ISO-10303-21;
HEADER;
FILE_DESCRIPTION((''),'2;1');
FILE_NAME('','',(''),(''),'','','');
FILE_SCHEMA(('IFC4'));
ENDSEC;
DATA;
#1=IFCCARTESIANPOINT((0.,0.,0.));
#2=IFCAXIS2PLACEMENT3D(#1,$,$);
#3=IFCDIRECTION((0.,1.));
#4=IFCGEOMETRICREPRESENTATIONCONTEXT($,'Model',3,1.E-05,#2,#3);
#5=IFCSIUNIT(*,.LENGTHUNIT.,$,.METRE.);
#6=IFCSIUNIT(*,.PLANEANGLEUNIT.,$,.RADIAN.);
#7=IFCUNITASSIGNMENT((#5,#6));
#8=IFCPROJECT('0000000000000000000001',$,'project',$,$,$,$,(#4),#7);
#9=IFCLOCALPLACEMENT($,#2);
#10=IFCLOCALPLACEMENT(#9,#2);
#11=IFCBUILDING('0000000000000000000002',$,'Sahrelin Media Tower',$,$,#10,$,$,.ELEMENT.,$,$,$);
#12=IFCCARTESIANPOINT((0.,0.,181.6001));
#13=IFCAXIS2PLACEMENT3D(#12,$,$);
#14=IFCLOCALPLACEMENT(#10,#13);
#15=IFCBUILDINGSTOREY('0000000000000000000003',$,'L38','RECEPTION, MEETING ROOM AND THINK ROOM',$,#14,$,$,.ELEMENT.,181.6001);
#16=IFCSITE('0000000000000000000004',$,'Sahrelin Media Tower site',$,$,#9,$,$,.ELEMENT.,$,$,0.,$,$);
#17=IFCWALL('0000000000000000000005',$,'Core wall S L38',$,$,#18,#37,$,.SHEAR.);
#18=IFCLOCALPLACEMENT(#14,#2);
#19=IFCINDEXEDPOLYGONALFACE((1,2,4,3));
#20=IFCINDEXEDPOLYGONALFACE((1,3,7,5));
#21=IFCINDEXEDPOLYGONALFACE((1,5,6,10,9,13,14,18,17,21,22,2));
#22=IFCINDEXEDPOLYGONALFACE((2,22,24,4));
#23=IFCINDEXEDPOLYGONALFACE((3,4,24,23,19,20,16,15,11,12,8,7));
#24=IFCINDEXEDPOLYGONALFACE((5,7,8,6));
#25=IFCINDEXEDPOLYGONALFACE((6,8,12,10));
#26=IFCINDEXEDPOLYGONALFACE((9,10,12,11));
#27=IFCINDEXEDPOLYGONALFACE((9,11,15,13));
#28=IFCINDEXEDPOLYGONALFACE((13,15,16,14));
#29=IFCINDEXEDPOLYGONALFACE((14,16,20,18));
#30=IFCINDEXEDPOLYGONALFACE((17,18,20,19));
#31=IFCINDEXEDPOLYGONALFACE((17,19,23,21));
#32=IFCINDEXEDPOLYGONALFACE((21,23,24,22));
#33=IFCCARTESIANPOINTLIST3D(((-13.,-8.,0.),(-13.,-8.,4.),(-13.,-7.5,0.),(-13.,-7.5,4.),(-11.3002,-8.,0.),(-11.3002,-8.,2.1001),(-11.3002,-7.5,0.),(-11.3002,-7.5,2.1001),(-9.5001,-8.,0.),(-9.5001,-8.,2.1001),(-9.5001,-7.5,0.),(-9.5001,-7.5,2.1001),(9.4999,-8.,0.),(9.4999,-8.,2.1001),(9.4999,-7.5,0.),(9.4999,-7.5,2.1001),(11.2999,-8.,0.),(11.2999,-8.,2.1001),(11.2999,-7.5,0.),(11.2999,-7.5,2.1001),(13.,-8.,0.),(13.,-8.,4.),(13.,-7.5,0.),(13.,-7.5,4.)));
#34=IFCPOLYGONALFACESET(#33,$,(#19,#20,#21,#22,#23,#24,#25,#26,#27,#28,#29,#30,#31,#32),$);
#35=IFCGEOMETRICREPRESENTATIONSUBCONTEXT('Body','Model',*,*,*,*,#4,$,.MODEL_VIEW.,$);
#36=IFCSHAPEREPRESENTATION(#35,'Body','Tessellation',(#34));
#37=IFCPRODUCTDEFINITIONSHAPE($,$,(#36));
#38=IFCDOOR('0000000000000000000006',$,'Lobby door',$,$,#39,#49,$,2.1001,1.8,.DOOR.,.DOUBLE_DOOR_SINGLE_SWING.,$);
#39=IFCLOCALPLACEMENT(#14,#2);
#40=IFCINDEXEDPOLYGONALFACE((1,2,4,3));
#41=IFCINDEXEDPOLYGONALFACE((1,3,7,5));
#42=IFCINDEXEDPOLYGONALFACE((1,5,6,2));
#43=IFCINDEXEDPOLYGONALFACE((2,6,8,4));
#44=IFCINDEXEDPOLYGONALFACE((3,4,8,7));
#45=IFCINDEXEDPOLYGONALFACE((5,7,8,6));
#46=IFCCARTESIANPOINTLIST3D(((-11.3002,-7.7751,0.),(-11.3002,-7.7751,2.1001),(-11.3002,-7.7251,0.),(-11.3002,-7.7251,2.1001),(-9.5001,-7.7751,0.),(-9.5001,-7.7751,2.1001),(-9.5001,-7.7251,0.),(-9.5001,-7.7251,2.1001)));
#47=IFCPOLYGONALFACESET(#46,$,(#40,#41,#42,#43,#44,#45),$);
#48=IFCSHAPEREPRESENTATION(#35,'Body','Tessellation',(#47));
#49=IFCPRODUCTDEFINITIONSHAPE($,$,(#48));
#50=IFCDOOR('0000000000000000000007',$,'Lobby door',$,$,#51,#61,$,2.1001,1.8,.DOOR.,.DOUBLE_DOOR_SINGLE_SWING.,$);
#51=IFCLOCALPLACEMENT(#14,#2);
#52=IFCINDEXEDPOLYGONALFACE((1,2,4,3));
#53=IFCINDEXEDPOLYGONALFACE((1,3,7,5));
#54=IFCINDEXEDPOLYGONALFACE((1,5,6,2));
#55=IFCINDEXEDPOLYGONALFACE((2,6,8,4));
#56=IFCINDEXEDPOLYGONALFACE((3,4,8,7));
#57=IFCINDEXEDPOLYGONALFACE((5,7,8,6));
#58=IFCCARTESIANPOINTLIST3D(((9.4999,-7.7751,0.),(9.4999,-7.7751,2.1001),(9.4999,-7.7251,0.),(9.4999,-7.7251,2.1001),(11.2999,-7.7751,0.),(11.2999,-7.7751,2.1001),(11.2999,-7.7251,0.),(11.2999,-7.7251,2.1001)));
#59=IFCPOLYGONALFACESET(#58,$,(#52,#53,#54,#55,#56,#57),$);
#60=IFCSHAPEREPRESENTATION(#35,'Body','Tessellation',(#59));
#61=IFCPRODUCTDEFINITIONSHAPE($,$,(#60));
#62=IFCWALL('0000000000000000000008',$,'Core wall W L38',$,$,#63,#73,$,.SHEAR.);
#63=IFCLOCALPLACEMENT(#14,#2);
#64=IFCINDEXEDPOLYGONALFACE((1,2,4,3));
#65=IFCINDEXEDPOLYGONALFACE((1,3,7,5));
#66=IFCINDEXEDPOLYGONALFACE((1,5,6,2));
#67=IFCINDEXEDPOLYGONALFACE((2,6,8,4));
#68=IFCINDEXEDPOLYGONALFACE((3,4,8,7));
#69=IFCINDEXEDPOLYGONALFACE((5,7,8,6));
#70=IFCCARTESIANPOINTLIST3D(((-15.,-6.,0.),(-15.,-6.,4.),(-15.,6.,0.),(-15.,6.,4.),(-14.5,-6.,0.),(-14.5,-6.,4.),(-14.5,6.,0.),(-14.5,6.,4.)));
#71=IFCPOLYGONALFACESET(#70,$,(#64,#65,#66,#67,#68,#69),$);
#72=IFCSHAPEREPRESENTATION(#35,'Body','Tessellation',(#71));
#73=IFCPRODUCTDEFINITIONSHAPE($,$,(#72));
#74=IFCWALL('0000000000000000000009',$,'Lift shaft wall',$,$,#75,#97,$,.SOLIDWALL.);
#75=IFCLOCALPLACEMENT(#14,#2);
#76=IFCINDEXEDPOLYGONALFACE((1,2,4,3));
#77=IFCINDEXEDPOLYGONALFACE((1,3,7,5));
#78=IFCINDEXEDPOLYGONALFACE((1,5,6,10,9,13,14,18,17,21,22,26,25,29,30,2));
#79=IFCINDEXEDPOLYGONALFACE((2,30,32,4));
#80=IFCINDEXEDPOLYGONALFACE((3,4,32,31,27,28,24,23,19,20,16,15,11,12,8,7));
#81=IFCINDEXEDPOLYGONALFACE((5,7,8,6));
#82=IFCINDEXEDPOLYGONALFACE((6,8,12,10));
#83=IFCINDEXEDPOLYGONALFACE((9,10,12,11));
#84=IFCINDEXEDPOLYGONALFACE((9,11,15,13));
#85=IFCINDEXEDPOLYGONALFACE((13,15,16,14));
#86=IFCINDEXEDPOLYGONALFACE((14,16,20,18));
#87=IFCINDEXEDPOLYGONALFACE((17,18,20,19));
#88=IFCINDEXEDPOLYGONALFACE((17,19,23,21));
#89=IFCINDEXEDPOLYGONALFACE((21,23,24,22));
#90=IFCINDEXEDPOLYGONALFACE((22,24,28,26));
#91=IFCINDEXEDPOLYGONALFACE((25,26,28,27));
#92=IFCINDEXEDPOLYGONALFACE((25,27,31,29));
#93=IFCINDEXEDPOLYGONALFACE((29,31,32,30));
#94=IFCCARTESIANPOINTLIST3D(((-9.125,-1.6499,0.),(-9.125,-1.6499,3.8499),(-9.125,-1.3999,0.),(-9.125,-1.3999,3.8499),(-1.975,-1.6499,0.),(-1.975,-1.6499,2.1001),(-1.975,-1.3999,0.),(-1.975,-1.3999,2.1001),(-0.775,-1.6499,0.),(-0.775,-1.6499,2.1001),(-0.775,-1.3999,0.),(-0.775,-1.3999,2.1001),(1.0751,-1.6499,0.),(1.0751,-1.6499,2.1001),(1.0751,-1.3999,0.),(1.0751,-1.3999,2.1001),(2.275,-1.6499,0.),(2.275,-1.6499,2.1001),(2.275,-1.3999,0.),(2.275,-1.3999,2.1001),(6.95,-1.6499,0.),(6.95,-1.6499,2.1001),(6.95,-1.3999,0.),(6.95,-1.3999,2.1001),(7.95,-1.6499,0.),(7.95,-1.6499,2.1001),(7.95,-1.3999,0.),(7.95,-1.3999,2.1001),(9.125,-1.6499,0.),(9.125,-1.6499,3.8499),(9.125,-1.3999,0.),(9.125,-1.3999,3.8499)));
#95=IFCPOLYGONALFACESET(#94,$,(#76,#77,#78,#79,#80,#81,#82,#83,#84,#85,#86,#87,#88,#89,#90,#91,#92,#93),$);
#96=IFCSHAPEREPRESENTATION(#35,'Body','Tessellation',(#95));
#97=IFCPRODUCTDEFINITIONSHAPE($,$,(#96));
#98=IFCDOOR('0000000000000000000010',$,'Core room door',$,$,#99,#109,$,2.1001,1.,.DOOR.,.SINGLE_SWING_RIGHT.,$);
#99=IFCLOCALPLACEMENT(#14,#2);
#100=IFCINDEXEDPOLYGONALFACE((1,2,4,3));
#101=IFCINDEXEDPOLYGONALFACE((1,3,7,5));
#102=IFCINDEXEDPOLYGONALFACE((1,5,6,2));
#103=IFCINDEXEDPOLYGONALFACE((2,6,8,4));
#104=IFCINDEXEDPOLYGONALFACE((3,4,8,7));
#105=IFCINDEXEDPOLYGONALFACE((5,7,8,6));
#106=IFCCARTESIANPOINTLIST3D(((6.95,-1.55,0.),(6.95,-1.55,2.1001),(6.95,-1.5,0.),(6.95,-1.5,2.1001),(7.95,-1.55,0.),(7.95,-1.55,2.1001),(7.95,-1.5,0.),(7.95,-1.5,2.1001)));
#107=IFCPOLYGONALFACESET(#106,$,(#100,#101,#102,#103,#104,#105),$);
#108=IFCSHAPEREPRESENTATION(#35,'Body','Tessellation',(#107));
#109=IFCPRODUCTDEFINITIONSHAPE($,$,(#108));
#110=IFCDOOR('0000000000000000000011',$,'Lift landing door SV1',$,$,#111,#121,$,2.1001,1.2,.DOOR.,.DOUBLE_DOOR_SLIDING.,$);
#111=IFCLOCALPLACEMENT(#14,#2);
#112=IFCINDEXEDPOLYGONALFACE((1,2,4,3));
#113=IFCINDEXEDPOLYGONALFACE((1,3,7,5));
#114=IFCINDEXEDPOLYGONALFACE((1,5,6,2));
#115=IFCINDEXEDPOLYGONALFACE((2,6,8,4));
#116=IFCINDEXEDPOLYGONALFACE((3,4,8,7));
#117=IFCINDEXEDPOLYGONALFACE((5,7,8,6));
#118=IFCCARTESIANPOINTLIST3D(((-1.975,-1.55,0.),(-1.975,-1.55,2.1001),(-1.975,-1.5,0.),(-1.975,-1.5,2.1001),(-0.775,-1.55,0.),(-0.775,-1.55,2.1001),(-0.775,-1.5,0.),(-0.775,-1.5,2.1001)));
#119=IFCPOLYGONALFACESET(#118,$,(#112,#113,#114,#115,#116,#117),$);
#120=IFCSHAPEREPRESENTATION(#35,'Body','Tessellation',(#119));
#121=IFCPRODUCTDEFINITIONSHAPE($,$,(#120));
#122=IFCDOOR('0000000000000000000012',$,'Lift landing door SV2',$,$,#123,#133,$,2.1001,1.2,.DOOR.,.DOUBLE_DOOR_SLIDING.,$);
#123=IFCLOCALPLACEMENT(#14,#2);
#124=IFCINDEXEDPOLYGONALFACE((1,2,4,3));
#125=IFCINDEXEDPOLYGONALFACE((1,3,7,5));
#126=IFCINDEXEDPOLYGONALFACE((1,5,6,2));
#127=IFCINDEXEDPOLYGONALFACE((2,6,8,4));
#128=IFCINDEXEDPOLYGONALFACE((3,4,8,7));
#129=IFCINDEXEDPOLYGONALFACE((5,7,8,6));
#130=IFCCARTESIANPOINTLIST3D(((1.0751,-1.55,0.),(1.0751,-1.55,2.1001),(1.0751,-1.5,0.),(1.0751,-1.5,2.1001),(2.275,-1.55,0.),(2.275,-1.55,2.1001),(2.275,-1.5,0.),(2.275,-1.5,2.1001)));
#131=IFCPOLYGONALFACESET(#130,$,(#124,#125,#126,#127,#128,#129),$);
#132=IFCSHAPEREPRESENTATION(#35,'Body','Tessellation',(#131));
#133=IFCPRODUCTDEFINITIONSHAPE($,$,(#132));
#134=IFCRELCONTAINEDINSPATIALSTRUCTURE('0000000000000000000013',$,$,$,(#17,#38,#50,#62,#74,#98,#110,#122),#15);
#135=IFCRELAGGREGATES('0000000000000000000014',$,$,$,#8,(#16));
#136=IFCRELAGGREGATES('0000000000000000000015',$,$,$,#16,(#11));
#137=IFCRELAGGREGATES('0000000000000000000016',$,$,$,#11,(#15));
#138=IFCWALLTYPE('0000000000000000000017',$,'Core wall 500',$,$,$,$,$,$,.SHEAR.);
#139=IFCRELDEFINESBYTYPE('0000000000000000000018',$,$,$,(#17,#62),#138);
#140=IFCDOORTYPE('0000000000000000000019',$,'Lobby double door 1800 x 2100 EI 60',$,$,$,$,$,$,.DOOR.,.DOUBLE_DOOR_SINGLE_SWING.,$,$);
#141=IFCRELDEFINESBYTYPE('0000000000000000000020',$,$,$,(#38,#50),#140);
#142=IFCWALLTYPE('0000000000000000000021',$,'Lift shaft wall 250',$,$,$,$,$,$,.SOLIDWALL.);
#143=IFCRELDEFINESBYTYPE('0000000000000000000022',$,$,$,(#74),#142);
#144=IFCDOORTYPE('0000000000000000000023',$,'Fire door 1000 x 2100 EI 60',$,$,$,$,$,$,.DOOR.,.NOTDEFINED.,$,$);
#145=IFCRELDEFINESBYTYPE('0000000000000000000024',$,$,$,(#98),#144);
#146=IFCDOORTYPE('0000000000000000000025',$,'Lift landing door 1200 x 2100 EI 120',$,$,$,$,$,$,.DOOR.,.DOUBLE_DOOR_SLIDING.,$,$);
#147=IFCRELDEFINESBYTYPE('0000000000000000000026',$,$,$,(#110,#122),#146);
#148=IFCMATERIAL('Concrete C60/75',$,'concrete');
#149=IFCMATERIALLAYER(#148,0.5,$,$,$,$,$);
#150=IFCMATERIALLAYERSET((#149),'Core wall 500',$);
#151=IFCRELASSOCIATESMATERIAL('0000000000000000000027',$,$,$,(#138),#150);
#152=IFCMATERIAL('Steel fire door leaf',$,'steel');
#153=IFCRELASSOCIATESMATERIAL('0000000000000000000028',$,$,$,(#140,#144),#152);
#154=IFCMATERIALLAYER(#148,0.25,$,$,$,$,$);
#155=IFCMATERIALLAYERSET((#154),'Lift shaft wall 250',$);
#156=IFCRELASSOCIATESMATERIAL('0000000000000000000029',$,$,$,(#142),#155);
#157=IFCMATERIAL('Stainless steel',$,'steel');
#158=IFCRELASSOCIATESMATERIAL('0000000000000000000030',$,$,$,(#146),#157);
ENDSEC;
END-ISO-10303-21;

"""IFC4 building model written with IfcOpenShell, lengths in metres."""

from ifc_helpers import new_model, si_unit, direction, frame, frame_2d, origin, place, context, subcontext, project, spatial, rectangle, extrude, material, layer, layer_set, type_object, element, fill, save


model = new_model("IFC4")

# Units and contexts
model_context = context("Model", 3, precision=1e-05, world=origin(), true_north=direction((0.0, 1.0)))
body_context = subcontext(model_context, "Body", "Model", "MODEL_VIEW")
ifc_project = project(units=[si_unit("LENGTHUNIT", "METRE"), si_unit("PLANEANGLEUNIT", "RADIAN")], contexts=[model_context])

# Site, building, storey
site_placement = place(None, origin())
site = spatial("IfcSite", under=ifc_project, at=site_placement, Name="Sahrelin Media Tower site", CompositionType="ELEMENT", RefElevation=0.0)
building_placement = place(site_placement, origin())
building = spatial("IfcBuilding", under=site, at=building_placement, Name="Sahrelin Media Tower", CompositionType="ELEMENT")
storey_placement = place(building_placement, frame((0.0, 0.0, 181.6001)))
storey = spatial("IfcBuildingStorey", under=building, at=storey_placement, Name="L38", Description="RECEPTION, MEETING ROOM AND THINK ROOM", CompositionType="ELEMENT", Elevation=181.6001)

# Wall, openings, doors
ifc_material_1 = material(Name="Concrete C60/75", Category="concrete")
ifc_layer_1 = layer(ifc_material_1, 0.5)
ifc_layer_set_1 = layer_set([ifc_layer_1], Name="Core wall 500")
wall_type_1 = type_object("IfcWallType", Name="Core wall 500", PredefinedType="SHEAR", material=ifc_layer_set_1)
wall_1_placement = place(storey_placement, frame((-13.0, -7.75, 0.0), z_axis=(0.0, 0.0, 1.0), x_axis=(1.0, 0.0, 0.0)))
wall_1 = element("IfcWall", 1, at=wall_1_placement, inside=storey, type_object=wall_type_1, Name="Core wall S L38", PredefinedType="SHEAR", context=body_context, shape_type="SweptSolid", body=[
    extrude(rectangle(XDim=26.0, YDim=0.5, at=frame_2d((13.0, 0.0))), origin(), (0.0, 0.0, 1.0), 4.0),
])
opening_1_placement = place(wall_1_placement, frame((1.7, 0.0, 0.0)))
opening_1 = element("IfcOpeningElement", 2, at=opening_1_placement, cuts=wall_1, PredefinedType="OPENING", context=body_context, shape_type="SweptSolid", body=[
    extrude(rectangle(XDim=1.8, YDim=2.1001, at=frame_2d((0.8999, 1.05))), frame((0.0, 0.25, 0.0), z_axis=(0.0, -1.0, 0.0), x_axis=(1.0, 0.0, 0.0)), (0.0, 0.0, 1.0), 0.5),
])
opening_2_placement = place(wall_1_placement, frame((22.5, 0.0, 0.0)))
opening_2 = element("IfcOpeningElement", 3, at=opening_2_placement, cuts=wall_1, PredefinedType="OPENING", context=body_context, shape_type="SweptSolid", body=[
    extrude(rectangle(XDim=1.8, YDim=2.1001, at=frame_2d((0.8999, 1.05))), frame((0.0, 0.25, 0.0), z_axis=(0.0, -1.0, 0.0), x_axis=(1.0, 0.0, 0.0)), (0.0, 0.0, 1.0), 0.5),
])
ifc_material_2 = material(Name="Steel fire door leaf", Category="steel")
door_type_1 = type_object("IfcDoorType", Name="Lobby double door 1800 x 2100 EI 60", OperationType="DOUBLE_DOOR_SINGLE_SWING", PredefinedType="DOOR", material=ifc_material_2)
door_1_placement = place(opening_1_placement, origin())
door_1 = element("IfcDoor", 4, at=door_1_placement, inside=storey, type_object=door_type_1, Name="Lobby door", OperationType="DOUBLE_DOOR_SINGLE_SWING", OverallHeight=2.1001, OverallWidth=1.8, PredefinedType="DOOR", context=body_context, shape_type="SweptSolid", body=[
    extrude(rectangle(XDim=1.8, YDim=2.1001, at=frame_2d((0.8999, 1.05))), frame((0.0, 0.0249, 0.0), z_axis=(0.0, -1.0, 0.0), x_axis=(1.0, 0.0, 0.0)), (0.0, 0.0, 1.0), 0.05),
])
fill(opening_1, door_1)
door_2_placement = place(opening_2_placement, origin())
door_2 = element("IfcDoor", 5, at=door_2_placement, inside=storey, type_object=door_type_1, Name="Lobby door", OperationType="DOUBLE_DOOR_SINGLE_SWING", OverallHeight=2.1001, OverallWidth=1.8, PredefinedType="DOOR", context=body_context, shape_type="SweptSolid", body=[
    extrude(rectangle(XDim=1.8, YDim=2.1001, at=frame_2d((0.8999, 1.05))), frame((0.0, 0.0249, 0.0), z_axis=(0.0, -1.0, 0.0), x_axis=(1.0, 0.0, 0.0)), (0.0, 0.0, 1.0), 0.05),
])
fill(opening_2, door_2)

# Wall
wall_2_placement = place(storey_placement, frame((-14.75, -6.0, 0.0), z_axis=(0.0, 0.0, 1.0), x_axis=(0.0, 1.0, 0.0)))
element("IfcWall", 6, at=wall_2_placement, inside=storey, type_object=wall_type_1, Name="Core wall W L38", PredefinedType="SHEAR", context=body_context, shape_type="SweptSolid", body=[
    extrude(rectangle(XDim=12.0, YDim=0.5, at=frame_2d((6.0, 0.0))), origin(), (0.0, 0.0, 1.0), 4.0),
])

# Wall, openings, doors
ifc_layer_2 = layer(ifc_material_1, 0.25)
ifc_layer_set_2 = layer_set([ifc_layer_2], Name="Lift shaft wall 250")
wall_type_2 = type_object("IfcWallType", Name="Lift shaft wall 250", PredefinedType="SOLIDWALL", material=ifc_layer_set_2)
wall_3_placement = place(storey_placement, frame((-9.125, -1.5249, 0.0), z_axis=(0.0, 0.0, 1.0), x_axis=(1.0, 0.0, 0.0)))
wall_3 = element("IfcWall", 7, at=wall_3_placement, inside=storey, type_object=wall_type_2, Name="Lift shaft wall", PredefinedType="SOLIDWALL", context=body_context, shape_type="SweptSolid", body=[
    extrude(rectangle(XDim=18.25, YDim=0.25, at=frame_2d((9.125, 0.0))), origin(), (0.0, 0.0, 1.0), 3.8499),
])
opening_3_placement = place(wall_3_placement, frame((7.1499, 0.0, 0.0)))
opening_3 = element("IfcOpeningElement", 8, at=opening_3_placement, cuts=wall_3, PredefinedType="OPENING", context=body_context, shape_type="SweptSolid", body=[
    extrude(rectangle(XDim=1.2, YDim=2.1001, at=frame_2d((0.6001, 1.05))), frame((0.0, 0.125, 0.0), z_axis=(0.0, -1.0, 0.0), x_axis=(1.0, 0.0, 0.0)), (0.0, 0.0, 1.0), 0.25),
])
opening_4_placement = place(wall_3_placement, frame((10.2, 0.0, 0.0)))
opening_4 = element("IfcOpeningElement", 9, at=opening_4_placement, cuts=wall_3, PredefinedType="OPENING", context=body_context, shape_type="SweptSolid", body=[
    extrude(rectangle(XDim=1.2, YDim=2.1001, at=frame_2d((0.6001, 1.05))), frame((0.0, 0.125, 0.0), z_axis=(0.0, -1.0, 0.0), x_axis=(1.0, 0.0, 0.0)), (0.0, 0.0, 1.0), 0.25),
])
opening_5_placement = place(wall_3_placement, frame((16.075, 0.0, 0.0)))
opening_5 = element("IfcOpeningElement", 10, at=opening_5_placement, cuts=wall_3, PredefinedType="OPENING", context=body_context, shape_type="SweptSolid", body=[
    extrude(rectangle(XDim=1.0, YDim=2.1001, at=frame_2d((0.5, 1.05))), frame((0.0, 0.125, 0.0), z_axis=(0.0, -1.0, 0.0), x_axis=(1.0, 0.0, 0.0)), (0.0, 0.0, 1.0), 0.25),
])
door_type_2 = type_object("IfcDoorType", Name="Fire door 1000 x 2100 EI 60", OperationType="NOTDEFINED", PredefinedType="DOOR", material=ifc_material_2)
door_3_placement = place(opening_5_placement, origin())
door_3 = element("IfcDoor", 11, at=door_3_placement, inside=storey, type_object=door_type_2, Name="Core room door", OperationType="SINGLE_SWING_RIGHT", OverallHeight=2.1001, OverallWidth=1.0, PredefinedType="DOOR", context=body_context, shape_type="SweptSolid", body=[
    extrude(rectangle(XDim=1.0, YDim=2.1001, at=frame_2d((0.5, 1.05))), frame((0.0, 0.0249, 0.0), z_axis=(0.0, -1.0, 0.0), x_axis=(1.0, 0.0, 0.0)), (0.0, 0.0, 1.0), 0.05),
])
fill(opening_5, door_3)
ifc_material_3 = material(Name="Stainless steel", Category="steel")
door_type_3 = type_object("IfcDoorType", Name="Lift landing door 1200 x 2100 EI 120", OperationType="DOUBLE_DOOR_SLIDING", PredefinedType="DOOR", material=ifc_material_3)
door_4_placement = place(opening_3_placement, origin())
door_4 = element("IfcDoor", 12, at=door_4_placement, inside=storey, type_object=door_type_3, Name="Lift landing door SV1", OperationType="DOUBLE_DOOR_SLIDING", OverallHeight=2.1001, OverallWidth=1.2, PredefinedType="DOOR", context=body_context, shape_type="SweptSolid", body=[
    extrude(rectangle(XDim=1.2, YDim=2.1001, at=frame_2d((0.6001, 1.05))), frame((0.0, 0.0249, 0.0), z_axis=(0.0, -1.0, 0.0), x_axis=(1.0, 0.0, 0.0)), (0.0, 0.0, 1.0), 0.05),
])
fill(opening_3, door_4)
door_5_placement = place(opening_4_placement, origin())
door_5 = element("IfcDoor", 13, at=door_5_placement, inside=storey, type_object=door_type_3, Name="Lift landing door SV2", OperationType="DOUBLE_DOOR_SLIDING", OverallHeight=2.1001, OverallWidth=1.2, PredefinedType="DOOR", context=body_context, shape_type="SweptSolid", body=[
    extrude(rectangle(XDim=1.2, YDim=2.1001, at=frame_2d((0.6001, 1.05))), frame((0.0, 0.0249, 0.0), z_axis=(0.0, -1.0, 0.0), x_axis=(1.0, 0.0, 0.0)), (0.0, 0.0, 1.0), 0.05),
])
fill(opening_4, door_5)

save(model, "model.ifc")
